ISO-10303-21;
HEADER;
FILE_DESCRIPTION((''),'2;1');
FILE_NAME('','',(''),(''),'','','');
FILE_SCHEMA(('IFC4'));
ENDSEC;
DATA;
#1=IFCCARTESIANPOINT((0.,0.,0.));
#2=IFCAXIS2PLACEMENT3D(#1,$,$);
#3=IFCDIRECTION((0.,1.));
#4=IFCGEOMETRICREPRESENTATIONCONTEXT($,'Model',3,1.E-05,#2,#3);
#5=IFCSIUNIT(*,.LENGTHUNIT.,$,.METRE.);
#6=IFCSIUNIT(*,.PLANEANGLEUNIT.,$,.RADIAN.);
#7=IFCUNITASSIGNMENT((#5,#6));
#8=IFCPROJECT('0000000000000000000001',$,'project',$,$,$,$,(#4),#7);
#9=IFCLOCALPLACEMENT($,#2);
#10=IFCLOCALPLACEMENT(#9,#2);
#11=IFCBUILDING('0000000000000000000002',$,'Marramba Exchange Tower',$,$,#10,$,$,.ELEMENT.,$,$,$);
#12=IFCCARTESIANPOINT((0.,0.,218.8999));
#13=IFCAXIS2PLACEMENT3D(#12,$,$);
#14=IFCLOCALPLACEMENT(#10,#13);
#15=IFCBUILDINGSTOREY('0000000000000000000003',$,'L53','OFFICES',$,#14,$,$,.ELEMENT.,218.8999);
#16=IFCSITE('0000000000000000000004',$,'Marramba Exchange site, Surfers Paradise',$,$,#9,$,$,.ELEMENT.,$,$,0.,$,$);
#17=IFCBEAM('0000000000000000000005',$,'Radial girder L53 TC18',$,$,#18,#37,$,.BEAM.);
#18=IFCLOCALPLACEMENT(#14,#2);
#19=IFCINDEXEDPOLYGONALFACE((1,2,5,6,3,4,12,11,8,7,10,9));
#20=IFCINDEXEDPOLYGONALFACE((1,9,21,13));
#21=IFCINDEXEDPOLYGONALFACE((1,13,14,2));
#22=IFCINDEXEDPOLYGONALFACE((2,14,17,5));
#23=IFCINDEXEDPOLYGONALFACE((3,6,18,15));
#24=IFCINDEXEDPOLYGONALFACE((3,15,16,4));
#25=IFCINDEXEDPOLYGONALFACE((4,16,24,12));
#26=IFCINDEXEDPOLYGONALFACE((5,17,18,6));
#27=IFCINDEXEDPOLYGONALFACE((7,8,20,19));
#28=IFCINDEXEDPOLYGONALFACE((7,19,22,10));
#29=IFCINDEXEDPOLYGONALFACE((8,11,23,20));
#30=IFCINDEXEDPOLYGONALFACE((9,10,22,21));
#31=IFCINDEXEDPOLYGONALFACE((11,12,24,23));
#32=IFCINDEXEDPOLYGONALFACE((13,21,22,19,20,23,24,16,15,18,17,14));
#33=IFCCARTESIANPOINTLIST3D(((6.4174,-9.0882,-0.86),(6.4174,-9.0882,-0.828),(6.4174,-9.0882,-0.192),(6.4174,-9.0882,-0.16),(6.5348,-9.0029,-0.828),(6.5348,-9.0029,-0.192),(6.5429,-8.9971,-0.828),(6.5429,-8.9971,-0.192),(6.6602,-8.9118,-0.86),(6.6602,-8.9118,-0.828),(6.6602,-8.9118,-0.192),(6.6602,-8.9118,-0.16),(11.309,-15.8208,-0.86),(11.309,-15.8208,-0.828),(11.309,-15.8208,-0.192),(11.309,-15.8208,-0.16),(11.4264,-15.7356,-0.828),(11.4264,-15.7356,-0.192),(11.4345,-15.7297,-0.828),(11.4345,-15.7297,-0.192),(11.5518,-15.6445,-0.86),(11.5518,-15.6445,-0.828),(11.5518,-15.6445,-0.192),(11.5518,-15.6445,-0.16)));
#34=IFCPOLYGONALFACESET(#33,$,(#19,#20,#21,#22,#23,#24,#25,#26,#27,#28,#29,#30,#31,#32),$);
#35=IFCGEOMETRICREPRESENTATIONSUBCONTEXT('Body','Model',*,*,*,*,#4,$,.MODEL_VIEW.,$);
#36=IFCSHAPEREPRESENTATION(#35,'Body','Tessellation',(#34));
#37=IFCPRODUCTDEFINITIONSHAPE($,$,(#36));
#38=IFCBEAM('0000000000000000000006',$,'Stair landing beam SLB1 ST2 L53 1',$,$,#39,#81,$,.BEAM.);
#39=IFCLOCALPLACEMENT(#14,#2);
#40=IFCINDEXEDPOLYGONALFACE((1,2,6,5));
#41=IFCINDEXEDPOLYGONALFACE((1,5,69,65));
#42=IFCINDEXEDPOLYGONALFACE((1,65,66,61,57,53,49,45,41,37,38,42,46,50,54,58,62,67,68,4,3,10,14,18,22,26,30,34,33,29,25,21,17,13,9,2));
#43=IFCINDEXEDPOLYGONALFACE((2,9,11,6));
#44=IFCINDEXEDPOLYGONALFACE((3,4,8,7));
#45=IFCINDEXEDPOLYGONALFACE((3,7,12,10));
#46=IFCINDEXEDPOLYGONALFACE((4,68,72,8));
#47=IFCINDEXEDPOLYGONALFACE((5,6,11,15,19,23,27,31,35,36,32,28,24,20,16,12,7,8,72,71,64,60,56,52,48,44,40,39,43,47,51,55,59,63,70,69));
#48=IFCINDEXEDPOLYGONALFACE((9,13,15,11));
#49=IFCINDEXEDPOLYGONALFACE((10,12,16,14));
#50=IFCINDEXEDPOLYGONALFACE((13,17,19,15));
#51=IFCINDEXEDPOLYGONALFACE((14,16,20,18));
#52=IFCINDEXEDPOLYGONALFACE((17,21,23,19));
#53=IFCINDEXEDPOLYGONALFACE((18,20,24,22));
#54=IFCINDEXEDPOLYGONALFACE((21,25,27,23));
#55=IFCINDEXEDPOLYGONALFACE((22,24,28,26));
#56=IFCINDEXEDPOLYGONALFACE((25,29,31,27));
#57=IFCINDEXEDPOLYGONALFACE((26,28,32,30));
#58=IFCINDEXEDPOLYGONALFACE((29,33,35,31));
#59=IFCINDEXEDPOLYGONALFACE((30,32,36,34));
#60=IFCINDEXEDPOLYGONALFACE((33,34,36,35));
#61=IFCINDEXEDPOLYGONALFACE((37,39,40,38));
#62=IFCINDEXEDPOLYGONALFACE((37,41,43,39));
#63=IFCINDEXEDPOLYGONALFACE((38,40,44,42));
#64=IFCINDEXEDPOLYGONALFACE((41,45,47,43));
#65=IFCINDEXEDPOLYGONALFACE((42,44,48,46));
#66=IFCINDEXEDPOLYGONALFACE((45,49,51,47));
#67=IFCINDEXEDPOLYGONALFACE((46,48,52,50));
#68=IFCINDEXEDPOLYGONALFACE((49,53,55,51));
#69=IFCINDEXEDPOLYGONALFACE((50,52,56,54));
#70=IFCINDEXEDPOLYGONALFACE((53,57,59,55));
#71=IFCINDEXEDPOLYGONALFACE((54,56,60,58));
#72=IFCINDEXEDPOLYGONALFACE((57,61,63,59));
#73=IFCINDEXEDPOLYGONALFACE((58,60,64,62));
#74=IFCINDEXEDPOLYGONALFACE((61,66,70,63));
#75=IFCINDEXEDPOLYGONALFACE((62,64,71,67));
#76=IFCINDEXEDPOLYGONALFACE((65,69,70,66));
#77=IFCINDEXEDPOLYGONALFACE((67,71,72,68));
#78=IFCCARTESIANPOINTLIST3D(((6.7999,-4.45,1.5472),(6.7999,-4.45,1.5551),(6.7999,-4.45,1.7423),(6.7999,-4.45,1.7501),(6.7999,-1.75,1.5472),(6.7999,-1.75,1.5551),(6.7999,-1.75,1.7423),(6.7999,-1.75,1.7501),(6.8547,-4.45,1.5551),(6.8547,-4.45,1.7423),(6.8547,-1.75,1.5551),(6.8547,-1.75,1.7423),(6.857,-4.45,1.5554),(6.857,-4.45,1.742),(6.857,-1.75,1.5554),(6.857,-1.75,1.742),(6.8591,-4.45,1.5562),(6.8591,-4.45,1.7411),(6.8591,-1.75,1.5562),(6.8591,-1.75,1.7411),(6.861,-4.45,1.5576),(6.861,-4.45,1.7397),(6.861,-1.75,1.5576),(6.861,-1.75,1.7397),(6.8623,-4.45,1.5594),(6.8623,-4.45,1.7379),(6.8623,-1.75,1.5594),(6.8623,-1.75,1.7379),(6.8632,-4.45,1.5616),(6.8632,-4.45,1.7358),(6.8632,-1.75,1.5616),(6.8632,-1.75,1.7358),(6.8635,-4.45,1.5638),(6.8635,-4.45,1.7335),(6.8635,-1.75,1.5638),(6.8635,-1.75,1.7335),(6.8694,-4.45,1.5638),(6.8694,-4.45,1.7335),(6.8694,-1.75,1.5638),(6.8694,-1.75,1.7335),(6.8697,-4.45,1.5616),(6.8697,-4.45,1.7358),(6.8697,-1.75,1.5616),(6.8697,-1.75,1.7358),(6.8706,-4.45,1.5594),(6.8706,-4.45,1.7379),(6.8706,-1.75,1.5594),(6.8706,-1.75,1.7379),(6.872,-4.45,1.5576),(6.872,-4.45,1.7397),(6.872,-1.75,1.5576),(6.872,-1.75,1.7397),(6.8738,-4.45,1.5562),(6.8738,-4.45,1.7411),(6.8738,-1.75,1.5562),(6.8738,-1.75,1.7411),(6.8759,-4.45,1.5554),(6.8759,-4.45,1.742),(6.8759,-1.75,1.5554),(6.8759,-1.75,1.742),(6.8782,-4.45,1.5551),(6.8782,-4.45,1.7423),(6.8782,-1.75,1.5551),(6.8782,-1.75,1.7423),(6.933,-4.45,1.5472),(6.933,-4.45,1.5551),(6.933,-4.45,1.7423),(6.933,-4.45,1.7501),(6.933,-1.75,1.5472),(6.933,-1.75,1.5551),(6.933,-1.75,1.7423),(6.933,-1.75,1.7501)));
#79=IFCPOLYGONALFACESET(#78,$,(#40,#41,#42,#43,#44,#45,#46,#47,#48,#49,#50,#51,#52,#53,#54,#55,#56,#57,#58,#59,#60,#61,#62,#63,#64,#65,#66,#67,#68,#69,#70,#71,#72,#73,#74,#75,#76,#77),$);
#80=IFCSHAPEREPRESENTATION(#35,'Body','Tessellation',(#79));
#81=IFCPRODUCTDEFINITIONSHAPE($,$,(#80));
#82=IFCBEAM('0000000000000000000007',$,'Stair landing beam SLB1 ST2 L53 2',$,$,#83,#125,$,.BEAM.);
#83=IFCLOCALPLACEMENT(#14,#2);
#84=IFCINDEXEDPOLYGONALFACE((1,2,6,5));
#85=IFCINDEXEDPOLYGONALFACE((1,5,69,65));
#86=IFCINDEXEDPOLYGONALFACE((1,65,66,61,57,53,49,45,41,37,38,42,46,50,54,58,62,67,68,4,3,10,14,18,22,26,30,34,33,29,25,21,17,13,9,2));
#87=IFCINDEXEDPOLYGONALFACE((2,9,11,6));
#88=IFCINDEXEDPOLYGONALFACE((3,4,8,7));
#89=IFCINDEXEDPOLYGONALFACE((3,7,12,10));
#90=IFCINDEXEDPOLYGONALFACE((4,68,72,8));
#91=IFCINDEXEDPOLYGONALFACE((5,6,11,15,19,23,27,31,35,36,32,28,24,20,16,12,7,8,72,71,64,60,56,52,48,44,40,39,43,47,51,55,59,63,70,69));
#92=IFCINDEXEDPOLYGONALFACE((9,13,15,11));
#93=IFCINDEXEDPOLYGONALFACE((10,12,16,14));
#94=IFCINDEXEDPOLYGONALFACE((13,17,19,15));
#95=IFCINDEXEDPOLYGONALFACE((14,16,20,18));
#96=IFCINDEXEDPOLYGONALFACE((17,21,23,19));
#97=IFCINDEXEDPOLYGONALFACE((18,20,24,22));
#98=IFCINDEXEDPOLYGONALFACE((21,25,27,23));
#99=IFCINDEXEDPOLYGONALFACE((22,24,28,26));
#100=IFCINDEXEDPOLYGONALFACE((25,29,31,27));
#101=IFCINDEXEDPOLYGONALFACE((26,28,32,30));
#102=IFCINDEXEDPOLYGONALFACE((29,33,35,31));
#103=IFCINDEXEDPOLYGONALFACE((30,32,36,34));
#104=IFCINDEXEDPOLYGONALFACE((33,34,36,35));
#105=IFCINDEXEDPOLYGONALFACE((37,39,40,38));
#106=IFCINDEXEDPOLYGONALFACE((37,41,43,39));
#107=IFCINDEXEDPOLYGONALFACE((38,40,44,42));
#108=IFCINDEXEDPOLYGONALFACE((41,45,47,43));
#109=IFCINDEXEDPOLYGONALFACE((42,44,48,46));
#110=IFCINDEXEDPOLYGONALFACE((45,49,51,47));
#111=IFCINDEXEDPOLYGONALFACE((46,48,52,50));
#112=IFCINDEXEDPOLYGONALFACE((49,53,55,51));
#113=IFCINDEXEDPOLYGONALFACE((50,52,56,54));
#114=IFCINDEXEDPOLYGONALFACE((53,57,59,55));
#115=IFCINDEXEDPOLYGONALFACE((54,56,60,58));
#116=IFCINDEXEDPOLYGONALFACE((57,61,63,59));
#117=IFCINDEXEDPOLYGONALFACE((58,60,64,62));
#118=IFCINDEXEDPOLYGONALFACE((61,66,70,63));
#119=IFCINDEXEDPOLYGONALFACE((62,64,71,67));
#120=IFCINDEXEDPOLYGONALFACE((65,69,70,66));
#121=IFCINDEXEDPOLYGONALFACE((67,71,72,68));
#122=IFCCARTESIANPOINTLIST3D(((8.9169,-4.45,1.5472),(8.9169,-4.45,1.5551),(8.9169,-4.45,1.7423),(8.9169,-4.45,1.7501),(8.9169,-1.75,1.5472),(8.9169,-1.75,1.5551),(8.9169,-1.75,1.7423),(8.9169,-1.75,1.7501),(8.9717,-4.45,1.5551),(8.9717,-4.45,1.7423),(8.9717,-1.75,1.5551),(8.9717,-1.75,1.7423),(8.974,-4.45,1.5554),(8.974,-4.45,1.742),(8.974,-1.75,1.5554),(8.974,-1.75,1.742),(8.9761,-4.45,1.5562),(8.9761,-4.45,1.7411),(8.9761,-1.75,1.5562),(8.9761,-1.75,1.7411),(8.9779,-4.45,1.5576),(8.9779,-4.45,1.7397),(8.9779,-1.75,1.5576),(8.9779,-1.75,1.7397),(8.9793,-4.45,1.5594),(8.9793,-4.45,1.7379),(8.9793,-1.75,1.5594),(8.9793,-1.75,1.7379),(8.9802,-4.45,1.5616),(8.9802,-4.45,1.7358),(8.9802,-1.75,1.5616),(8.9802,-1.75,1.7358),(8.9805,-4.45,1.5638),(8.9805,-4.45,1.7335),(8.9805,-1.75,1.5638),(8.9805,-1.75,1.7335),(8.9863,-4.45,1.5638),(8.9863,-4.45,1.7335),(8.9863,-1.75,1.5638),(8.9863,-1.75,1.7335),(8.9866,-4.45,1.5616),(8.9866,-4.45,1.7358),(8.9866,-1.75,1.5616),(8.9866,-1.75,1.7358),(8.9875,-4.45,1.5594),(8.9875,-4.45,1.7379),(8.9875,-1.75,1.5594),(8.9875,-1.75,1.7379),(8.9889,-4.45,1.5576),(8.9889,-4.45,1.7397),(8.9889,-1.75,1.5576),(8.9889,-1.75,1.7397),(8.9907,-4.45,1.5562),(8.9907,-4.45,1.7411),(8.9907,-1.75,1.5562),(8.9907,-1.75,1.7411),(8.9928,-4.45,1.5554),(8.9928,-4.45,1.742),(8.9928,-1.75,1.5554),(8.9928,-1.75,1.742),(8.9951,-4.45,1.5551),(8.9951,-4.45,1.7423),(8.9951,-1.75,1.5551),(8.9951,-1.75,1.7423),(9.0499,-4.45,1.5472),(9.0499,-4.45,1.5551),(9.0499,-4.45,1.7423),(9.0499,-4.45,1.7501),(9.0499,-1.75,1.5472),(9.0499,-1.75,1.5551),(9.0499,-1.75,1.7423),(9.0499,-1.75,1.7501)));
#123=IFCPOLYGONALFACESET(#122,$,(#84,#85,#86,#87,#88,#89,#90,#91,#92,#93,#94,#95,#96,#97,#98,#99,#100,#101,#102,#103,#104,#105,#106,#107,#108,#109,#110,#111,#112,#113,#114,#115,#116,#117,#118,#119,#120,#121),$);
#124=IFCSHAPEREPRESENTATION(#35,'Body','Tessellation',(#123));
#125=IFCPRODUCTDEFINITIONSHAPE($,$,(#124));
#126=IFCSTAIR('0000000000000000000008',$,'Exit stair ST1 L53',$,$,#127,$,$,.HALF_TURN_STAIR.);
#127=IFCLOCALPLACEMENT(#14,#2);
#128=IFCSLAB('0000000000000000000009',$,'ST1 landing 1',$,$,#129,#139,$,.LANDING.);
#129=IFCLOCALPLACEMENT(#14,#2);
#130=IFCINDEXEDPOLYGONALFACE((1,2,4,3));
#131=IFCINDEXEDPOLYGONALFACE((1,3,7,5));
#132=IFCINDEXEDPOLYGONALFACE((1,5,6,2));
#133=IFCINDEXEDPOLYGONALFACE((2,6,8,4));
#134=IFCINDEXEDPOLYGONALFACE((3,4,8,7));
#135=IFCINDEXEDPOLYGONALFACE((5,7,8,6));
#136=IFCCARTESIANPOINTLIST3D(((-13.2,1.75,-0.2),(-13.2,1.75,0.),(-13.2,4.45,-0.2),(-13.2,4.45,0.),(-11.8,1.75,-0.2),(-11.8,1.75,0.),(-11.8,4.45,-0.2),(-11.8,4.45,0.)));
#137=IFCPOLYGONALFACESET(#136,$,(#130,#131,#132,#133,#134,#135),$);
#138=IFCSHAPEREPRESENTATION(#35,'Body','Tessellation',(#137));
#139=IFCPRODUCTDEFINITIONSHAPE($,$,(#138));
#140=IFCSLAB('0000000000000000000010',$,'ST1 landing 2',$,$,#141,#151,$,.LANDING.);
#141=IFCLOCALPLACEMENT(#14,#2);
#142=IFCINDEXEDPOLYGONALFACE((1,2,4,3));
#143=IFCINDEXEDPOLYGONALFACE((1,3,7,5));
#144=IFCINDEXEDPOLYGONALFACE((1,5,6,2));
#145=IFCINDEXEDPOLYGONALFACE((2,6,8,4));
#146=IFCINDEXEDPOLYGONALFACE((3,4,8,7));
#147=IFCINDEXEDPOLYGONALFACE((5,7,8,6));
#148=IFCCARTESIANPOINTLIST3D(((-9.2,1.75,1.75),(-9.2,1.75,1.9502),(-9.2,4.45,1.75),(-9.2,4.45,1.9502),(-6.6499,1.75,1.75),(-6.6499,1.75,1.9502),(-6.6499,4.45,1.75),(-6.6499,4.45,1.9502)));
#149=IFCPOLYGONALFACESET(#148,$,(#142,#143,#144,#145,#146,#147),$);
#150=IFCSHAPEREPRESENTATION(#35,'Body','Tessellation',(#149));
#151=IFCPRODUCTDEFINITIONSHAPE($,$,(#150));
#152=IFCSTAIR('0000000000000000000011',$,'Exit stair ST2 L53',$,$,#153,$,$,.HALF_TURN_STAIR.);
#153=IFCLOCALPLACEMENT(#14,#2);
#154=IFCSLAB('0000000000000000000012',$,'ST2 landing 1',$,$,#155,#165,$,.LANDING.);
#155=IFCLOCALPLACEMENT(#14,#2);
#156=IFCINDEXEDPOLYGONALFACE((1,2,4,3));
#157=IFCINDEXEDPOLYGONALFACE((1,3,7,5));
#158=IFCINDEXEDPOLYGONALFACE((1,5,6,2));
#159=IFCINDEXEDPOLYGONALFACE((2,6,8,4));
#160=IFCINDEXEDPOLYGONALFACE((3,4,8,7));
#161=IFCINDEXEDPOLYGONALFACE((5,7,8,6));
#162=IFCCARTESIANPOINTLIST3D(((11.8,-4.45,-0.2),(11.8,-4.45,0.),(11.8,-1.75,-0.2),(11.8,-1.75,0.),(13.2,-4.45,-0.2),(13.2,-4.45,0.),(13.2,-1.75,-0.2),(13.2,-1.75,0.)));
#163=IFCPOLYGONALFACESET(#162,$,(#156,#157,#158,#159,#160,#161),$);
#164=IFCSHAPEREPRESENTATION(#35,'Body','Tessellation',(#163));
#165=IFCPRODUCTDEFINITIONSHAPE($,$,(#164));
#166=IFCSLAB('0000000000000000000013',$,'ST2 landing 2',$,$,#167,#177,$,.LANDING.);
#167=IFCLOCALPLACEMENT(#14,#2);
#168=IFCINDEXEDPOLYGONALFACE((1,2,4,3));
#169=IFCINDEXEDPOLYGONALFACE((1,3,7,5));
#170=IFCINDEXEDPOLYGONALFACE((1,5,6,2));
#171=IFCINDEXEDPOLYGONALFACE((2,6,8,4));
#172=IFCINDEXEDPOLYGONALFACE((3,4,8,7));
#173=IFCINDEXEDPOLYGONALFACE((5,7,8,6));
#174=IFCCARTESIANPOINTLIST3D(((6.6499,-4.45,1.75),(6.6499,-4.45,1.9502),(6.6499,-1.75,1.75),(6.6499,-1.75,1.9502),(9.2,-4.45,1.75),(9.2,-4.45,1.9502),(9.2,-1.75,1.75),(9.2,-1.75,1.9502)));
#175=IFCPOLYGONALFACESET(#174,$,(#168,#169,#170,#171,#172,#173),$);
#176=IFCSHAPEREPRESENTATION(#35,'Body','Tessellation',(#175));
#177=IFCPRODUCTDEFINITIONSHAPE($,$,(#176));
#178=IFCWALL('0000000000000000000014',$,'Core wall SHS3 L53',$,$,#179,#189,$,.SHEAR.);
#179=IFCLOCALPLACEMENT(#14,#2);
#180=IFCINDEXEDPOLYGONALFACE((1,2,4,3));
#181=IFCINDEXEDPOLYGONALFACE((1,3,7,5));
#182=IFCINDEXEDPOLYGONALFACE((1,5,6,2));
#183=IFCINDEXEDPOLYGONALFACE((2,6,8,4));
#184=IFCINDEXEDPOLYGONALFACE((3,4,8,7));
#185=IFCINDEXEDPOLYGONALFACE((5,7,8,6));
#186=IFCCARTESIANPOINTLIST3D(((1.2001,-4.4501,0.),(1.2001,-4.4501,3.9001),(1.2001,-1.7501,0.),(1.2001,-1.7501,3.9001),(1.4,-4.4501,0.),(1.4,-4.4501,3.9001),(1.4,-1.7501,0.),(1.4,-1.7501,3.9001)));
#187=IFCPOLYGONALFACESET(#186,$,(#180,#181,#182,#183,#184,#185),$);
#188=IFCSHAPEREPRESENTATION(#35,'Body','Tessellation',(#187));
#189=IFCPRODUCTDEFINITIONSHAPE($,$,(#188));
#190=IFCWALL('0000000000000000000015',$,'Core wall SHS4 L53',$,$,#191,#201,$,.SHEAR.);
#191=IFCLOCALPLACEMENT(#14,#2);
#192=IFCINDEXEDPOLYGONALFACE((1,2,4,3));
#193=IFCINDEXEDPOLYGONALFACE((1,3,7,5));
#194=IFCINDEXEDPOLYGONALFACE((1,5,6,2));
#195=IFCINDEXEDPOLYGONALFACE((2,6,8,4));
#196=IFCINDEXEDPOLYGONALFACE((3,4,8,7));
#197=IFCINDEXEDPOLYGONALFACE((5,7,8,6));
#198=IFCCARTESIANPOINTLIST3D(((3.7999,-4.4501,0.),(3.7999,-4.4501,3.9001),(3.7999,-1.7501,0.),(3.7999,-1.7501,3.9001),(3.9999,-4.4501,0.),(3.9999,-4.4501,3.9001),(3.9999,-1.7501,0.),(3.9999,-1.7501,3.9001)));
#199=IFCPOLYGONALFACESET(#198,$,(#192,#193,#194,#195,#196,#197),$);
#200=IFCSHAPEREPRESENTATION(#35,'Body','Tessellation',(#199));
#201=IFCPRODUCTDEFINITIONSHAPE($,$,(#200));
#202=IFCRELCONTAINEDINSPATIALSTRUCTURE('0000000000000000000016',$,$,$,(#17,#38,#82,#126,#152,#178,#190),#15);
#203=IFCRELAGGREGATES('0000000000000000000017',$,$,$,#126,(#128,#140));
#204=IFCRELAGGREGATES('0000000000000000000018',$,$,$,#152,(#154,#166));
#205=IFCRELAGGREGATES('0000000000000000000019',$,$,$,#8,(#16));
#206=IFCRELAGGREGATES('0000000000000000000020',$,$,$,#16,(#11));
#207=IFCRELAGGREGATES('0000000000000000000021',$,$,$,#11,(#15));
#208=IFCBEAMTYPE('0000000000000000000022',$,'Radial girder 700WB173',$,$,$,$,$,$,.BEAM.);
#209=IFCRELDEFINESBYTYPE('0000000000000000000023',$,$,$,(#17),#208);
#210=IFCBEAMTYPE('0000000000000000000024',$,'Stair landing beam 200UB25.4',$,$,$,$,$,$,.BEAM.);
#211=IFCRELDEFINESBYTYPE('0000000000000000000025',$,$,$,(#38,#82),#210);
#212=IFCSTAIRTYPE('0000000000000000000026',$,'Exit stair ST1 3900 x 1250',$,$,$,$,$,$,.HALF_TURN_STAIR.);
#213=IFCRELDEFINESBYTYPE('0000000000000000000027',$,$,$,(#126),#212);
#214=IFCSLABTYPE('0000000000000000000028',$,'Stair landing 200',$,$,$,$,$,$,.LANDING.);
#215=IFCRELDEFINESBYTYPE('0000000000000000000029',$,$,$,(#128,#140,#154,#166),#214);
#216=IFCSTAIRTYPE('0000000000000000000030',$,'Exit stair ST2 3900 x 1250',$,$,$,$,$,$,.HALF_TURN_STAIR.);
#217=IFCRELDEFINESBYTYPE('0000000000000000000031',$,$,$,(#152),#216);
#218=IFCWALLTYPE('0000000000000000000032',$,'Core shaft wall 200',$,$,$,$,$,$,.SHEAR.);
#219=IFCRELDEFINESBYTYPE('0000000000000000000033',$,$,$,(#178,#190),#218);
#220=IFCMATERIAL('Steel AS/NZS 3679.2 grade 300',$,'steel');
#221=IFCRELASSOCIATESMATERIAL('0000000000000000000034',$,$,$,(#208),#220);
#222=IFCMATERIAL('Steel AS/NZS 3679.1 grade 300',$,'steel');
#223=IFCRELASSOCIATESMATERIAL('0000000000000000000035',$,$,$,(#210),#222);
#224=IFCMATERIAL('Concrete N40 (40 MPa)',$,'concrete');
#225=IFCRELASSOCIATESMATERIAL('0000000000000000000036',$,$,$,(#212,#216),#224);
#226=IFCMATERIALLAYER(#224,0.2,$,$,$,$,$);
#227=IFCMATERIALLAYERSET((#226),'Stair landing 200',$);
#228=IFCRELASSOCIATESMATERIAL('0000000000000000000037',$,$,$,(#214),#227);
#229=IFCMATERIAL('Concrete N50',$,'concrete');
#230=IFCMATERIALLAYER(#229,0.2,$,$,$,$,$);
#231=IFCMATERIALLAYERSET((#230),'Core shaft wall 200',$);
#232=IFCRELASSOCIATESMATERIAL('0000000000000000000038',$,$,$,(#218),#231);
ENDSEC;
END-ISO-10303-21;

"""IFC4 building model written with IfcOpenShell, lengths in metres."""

from ifc_helpers import new_model, si_unit, direction, frame, frame_2d, origin, origin_2d, place, context, subcontext, project, spatial, polyline, rectangle, i_section, outline, extrude, material, layer, layer_set, material_profile, profile_set, type_object, element, aggregate, save


model = new_model("IFC4")

# Units and contexts
model_context = context("Model", 3, precision=1e-05, world=origin(), true_north=direction((0.0, 1.0)))
body_context = subcontext(model_context, "Body", "Model", "MODEL_VIEW")
ifc_project = project(units=[si_unit("LENGTHUNIT", "METRE"), si_unit("PLANEANGLEUNIT", "RADIAN")], contexts=[model_context])

# Site, building, storey
site_placement = place(None, origin())
site = spatial("IfcSite", under=ifc_project, at=site_placement, Name="Marramba Exchange site, Surfers Paradise", CompositionType="ELEMENT", RefElevation=0.0)
building_placement = place(site_placement, origin())
building = spatial("IfcBuilding", under=site, at=building_placement, Name="Marramba Exchange Tower", CompositionType="ELEMENT")
storey_placement = place(building_placement, frame((0.0, 0.0, 218.8999)))
storey = spatial("IfcBuildingStorey", under=building, at=storey_placement, Name="L53", Description="OFFICES", CompositionType="ELEMENT", Elevation=218.8999)

# Beams
ifc_material_1 = material(Name="Steel AS/NZS 3679.1 grade 300", Category="steel")
ifc_material_2 = material(Name="Steel AS/NZS 3679.2 grade 300", Category="steel")
ifc_material_profile_1 = material_profile(ifc_material_2, i_section(OverallWidth=0.3, OverallDepth=0.7, WebThickness=0.01, FlangeThickness=0.032, at=origin_2d()), Name="700WB173")
ifc_profile_set_1 = profile_set([ifc_material_profile_1], Name="Steel AS/NZS 3679.2 grade 300")
beam_type_1 = type_object("IfcBeamType", Name="Radial girder 700WB173", PredefinedType="BEAM", material=ifc_profile_set_1)
beam_1_placement = place(storey_placement, frame((6.5388, -9.0, -0.51), z_axis=(0.587788, -0.809015, 0.0), x_axis=(0.809015, 0.587788, 0.0)))
element("IfcBeam", 1, at=beam_1_placement, inside=storey, type_object=beam_type_1, Name="Radial girder L53 TC18", PredefinedType="BEAM", context=body_context, shape_type="SweptSolid", body=[
    extrude(i_section(OverallWidth=0.3, OverallDepth=0.7, WebThickness=0.01, FlangeThickness=0.032, at=origin_2d()), origin(), (0.0, 0.0, 1.0), 8.322),
])
ifc_material_profile_2 = material_profile(ifc_material_1, i_section(OverallWidth=0.1331, OverallDepth=0.2029, WebThickness=0.0059, FlangeThickness=0.0078, FilletRadius=0.0088, at=origin_2d()), Name="200UB25.4")
ifc_profile_set_2 = profile_set([ifc_material_profile_2], Name="Steel AS/NZS 3679.1 grade 300")
beam_type_2 = type_object("IfcBeamType", Name="Stair landing beam 200UB25.4", PredefinedType="BEAM", material=ifc_profile_set_2)
for number, where, z_axis, x_axis, name in (
    (2, (6.8665, -4.45, 1.6487), (0.0, 1.0, 0.0), (-1.0, 0.0, 0.0), "Stair landing beam SLB1 ST2 L53 1"),
    (3, (8.9834, -4.45, 1.6487), (0.0, 1.0, 0.0), (-1.0, 0.0, 0.0), "Stair landing beam SLB1 ST2 L53 2"),
):
    element("IfcBeam", number, at=place(storey_placement, frame(where, z_axis=z_axis, x_axis=x_axis)), inside=storey, type_object=beam_type_2, Name=name, PredefinedType="BEAM", context=body_context, shape_type="SweptSolid", body=[
        extrude(i_section(OverallWidth=0.1331, OverallDepth=0.2029, WebThickness=0.0059, FlangeThickness=0.0078, FilletRadius=0.0088, at=origin_2d()), origin(), (0.0, 0.0, 1.0), 2.7),
    ])

# Stairs, slabs
ifc_material_3 = material(Name="Concrete N40 (40 MPa)", Category="concrete")
stair_type_1 = type_object("IfcStairType", Name="Exit stair ST1 3900 x 1250", PredefinedType="HALF_TURN_STAIR", material=ifc_material_3)
stair_1_placement = place(storey_placement, origin())
stair_1 = element("IfcStair", 4, at=stair_1_placement, inside=storey, type_object=stair_type_1, Name="Exit stair ST1 L53", PredefinedType="HALF_TURN_STAIR")
ifc_layer_1 = layer(ifc_material_3, 0.2)
ifc_layer_set_1 = layer_set([ifc_layer_1], Name="Stair landing 200")
slab_type = type_object("IfcSlabType", Name="Stair landing 200", PredefinedType="LANDING", material=ifc_layer_set_1)
slab_1_placement = place(storey_placement, frame((0.0, 0.0, -0.2)))
slab_1 = element("IfcSlab", 5, at=slab_1_placement, type_object=slab_type, Name="ST1 landing 1", PredefinedType="LANDING", context=body_context, shape_type="SweptSolid", body=[
    extrude(outline(polyline([(-13.2, 1.75), (-11.8, 1.75), (-11.8, 4.45), (-13.2, 4.45), (-13.2, 1.75)])), origin(), (0.0, 0.0, 1.0), 0.2),
])
slab_2_placement = place(storey_placement, frame((0.0, 0.0, 1.75)))
slab_2 = element("IfcSlab", 6, at=slab_2_placement, type_object=slab_type, Name="ST1 landing 2", PredefinedType="LANDING", context=body_context, shape_type="SweptSolid", body=[
    extrude(outline(polyline([(-9.2, 1.75), (-6.6499, 1.75), (-6.6499, 4.45), (-9.2, 4.45), (-9.2, 1.75)])), origin(), (0.0, 0.0, 1.0), 0.2002),
])
aggregate(stair_1, [slab_1, slab_2])
stair_type_2 = type_object("IfcStairType", Name="Exit stair ST2 3900 x 1250", PredefinedType="HALF_TURN_STAIR", material=ifc_material_3)
stair_2_placement = place(storey_placement, origin())
stair_2 = element("IfcStair", 7, at=stair_2_placement, inside=storey, type_object=stair_type_2, Name="Exit stair ST2 L53", PredefinedType="HALF_TURN_STAIR")
slab_3_placement = place(storey_placement, frame((0.0, 0.0, -0.2)))
slab_3 = element("IfcSlab", 8, at=slab_3_placement, type_object=slab_type, Name="ST2 landing 1", PredefinedType="LANDING", context=body_context, shape_type="SweptSolid", body=[
    extrude(outline(polyline([(11.8, -4.45), (13.2, -4.45), (13.2, -1.75), (11.8, -1.75), (11.8, -4.45)])), origin(), (0.0, 0.0, 1.0), 0.2),
])
slab_4_placement = place(storey_placement, frame((0.0, 0.0, 1.75)))
slab_4 = element("IfcSlab", 9, at=slab_4_placement, type_object=slab_type, Name="ST2 landing 2", PredefinedType="LANDING", context=body_context, shape_type="SweptSolid", body=[
    extrude(outline(polyline([(6.6499, -4.45), (9.2, -4.45), (9.2, -1.75), (6.6499, -1.75), (6.6499, -4.45)])), origin(), (0.0, 0.0, 1.0), 0.2002),
])

# Walls
ifc_material_4 = material(Name="Concrete N50", Category="concrete")
ifc_layer_2 = layer(ifc_material_4, 0.2)
ifc_layer_set_2 = layer_set([ifc_layer_2], Name="Core shaft wall 200")
wall_type_1 = type_object("IfcWallType", Name="Core shaft wall 200", PredefinedType="SHEAR", material=ifc_layer_set_2)
for number, where, z_axis, x_axis, name in (
    (10, (1.3, -1.75, 0.0), (0.0, 0.0, 1.0), (0.0, -1.0, 0.0), "Core wall SHS3 L53"),
    (11, (3.8999, -1.75, 0.0), (0.0, 0.0, 1.0), (0.0, -1.0, 0.0), "Core wall SHS4 L53"),
):
    element("IfcWall", number, at=place(storey_placement, frame(where, z_axis=z_axis, x_axis=x_axis)), inside=storey, type_object=wall_type_1, Name=name, PredefinedType="SHEAR", context=body_context, shape_type="SweptSolid", body=[
        extrude(rectangle(XDim=2.7, YDim=0.2, at=frame_2d((1.3501, 0.0))), origin(), (0.0, 0.0, 1.0), 3.9001),
    ])

aggregate(stair_2, [slab_3, slab_4])

save(model, "model.ifc")
